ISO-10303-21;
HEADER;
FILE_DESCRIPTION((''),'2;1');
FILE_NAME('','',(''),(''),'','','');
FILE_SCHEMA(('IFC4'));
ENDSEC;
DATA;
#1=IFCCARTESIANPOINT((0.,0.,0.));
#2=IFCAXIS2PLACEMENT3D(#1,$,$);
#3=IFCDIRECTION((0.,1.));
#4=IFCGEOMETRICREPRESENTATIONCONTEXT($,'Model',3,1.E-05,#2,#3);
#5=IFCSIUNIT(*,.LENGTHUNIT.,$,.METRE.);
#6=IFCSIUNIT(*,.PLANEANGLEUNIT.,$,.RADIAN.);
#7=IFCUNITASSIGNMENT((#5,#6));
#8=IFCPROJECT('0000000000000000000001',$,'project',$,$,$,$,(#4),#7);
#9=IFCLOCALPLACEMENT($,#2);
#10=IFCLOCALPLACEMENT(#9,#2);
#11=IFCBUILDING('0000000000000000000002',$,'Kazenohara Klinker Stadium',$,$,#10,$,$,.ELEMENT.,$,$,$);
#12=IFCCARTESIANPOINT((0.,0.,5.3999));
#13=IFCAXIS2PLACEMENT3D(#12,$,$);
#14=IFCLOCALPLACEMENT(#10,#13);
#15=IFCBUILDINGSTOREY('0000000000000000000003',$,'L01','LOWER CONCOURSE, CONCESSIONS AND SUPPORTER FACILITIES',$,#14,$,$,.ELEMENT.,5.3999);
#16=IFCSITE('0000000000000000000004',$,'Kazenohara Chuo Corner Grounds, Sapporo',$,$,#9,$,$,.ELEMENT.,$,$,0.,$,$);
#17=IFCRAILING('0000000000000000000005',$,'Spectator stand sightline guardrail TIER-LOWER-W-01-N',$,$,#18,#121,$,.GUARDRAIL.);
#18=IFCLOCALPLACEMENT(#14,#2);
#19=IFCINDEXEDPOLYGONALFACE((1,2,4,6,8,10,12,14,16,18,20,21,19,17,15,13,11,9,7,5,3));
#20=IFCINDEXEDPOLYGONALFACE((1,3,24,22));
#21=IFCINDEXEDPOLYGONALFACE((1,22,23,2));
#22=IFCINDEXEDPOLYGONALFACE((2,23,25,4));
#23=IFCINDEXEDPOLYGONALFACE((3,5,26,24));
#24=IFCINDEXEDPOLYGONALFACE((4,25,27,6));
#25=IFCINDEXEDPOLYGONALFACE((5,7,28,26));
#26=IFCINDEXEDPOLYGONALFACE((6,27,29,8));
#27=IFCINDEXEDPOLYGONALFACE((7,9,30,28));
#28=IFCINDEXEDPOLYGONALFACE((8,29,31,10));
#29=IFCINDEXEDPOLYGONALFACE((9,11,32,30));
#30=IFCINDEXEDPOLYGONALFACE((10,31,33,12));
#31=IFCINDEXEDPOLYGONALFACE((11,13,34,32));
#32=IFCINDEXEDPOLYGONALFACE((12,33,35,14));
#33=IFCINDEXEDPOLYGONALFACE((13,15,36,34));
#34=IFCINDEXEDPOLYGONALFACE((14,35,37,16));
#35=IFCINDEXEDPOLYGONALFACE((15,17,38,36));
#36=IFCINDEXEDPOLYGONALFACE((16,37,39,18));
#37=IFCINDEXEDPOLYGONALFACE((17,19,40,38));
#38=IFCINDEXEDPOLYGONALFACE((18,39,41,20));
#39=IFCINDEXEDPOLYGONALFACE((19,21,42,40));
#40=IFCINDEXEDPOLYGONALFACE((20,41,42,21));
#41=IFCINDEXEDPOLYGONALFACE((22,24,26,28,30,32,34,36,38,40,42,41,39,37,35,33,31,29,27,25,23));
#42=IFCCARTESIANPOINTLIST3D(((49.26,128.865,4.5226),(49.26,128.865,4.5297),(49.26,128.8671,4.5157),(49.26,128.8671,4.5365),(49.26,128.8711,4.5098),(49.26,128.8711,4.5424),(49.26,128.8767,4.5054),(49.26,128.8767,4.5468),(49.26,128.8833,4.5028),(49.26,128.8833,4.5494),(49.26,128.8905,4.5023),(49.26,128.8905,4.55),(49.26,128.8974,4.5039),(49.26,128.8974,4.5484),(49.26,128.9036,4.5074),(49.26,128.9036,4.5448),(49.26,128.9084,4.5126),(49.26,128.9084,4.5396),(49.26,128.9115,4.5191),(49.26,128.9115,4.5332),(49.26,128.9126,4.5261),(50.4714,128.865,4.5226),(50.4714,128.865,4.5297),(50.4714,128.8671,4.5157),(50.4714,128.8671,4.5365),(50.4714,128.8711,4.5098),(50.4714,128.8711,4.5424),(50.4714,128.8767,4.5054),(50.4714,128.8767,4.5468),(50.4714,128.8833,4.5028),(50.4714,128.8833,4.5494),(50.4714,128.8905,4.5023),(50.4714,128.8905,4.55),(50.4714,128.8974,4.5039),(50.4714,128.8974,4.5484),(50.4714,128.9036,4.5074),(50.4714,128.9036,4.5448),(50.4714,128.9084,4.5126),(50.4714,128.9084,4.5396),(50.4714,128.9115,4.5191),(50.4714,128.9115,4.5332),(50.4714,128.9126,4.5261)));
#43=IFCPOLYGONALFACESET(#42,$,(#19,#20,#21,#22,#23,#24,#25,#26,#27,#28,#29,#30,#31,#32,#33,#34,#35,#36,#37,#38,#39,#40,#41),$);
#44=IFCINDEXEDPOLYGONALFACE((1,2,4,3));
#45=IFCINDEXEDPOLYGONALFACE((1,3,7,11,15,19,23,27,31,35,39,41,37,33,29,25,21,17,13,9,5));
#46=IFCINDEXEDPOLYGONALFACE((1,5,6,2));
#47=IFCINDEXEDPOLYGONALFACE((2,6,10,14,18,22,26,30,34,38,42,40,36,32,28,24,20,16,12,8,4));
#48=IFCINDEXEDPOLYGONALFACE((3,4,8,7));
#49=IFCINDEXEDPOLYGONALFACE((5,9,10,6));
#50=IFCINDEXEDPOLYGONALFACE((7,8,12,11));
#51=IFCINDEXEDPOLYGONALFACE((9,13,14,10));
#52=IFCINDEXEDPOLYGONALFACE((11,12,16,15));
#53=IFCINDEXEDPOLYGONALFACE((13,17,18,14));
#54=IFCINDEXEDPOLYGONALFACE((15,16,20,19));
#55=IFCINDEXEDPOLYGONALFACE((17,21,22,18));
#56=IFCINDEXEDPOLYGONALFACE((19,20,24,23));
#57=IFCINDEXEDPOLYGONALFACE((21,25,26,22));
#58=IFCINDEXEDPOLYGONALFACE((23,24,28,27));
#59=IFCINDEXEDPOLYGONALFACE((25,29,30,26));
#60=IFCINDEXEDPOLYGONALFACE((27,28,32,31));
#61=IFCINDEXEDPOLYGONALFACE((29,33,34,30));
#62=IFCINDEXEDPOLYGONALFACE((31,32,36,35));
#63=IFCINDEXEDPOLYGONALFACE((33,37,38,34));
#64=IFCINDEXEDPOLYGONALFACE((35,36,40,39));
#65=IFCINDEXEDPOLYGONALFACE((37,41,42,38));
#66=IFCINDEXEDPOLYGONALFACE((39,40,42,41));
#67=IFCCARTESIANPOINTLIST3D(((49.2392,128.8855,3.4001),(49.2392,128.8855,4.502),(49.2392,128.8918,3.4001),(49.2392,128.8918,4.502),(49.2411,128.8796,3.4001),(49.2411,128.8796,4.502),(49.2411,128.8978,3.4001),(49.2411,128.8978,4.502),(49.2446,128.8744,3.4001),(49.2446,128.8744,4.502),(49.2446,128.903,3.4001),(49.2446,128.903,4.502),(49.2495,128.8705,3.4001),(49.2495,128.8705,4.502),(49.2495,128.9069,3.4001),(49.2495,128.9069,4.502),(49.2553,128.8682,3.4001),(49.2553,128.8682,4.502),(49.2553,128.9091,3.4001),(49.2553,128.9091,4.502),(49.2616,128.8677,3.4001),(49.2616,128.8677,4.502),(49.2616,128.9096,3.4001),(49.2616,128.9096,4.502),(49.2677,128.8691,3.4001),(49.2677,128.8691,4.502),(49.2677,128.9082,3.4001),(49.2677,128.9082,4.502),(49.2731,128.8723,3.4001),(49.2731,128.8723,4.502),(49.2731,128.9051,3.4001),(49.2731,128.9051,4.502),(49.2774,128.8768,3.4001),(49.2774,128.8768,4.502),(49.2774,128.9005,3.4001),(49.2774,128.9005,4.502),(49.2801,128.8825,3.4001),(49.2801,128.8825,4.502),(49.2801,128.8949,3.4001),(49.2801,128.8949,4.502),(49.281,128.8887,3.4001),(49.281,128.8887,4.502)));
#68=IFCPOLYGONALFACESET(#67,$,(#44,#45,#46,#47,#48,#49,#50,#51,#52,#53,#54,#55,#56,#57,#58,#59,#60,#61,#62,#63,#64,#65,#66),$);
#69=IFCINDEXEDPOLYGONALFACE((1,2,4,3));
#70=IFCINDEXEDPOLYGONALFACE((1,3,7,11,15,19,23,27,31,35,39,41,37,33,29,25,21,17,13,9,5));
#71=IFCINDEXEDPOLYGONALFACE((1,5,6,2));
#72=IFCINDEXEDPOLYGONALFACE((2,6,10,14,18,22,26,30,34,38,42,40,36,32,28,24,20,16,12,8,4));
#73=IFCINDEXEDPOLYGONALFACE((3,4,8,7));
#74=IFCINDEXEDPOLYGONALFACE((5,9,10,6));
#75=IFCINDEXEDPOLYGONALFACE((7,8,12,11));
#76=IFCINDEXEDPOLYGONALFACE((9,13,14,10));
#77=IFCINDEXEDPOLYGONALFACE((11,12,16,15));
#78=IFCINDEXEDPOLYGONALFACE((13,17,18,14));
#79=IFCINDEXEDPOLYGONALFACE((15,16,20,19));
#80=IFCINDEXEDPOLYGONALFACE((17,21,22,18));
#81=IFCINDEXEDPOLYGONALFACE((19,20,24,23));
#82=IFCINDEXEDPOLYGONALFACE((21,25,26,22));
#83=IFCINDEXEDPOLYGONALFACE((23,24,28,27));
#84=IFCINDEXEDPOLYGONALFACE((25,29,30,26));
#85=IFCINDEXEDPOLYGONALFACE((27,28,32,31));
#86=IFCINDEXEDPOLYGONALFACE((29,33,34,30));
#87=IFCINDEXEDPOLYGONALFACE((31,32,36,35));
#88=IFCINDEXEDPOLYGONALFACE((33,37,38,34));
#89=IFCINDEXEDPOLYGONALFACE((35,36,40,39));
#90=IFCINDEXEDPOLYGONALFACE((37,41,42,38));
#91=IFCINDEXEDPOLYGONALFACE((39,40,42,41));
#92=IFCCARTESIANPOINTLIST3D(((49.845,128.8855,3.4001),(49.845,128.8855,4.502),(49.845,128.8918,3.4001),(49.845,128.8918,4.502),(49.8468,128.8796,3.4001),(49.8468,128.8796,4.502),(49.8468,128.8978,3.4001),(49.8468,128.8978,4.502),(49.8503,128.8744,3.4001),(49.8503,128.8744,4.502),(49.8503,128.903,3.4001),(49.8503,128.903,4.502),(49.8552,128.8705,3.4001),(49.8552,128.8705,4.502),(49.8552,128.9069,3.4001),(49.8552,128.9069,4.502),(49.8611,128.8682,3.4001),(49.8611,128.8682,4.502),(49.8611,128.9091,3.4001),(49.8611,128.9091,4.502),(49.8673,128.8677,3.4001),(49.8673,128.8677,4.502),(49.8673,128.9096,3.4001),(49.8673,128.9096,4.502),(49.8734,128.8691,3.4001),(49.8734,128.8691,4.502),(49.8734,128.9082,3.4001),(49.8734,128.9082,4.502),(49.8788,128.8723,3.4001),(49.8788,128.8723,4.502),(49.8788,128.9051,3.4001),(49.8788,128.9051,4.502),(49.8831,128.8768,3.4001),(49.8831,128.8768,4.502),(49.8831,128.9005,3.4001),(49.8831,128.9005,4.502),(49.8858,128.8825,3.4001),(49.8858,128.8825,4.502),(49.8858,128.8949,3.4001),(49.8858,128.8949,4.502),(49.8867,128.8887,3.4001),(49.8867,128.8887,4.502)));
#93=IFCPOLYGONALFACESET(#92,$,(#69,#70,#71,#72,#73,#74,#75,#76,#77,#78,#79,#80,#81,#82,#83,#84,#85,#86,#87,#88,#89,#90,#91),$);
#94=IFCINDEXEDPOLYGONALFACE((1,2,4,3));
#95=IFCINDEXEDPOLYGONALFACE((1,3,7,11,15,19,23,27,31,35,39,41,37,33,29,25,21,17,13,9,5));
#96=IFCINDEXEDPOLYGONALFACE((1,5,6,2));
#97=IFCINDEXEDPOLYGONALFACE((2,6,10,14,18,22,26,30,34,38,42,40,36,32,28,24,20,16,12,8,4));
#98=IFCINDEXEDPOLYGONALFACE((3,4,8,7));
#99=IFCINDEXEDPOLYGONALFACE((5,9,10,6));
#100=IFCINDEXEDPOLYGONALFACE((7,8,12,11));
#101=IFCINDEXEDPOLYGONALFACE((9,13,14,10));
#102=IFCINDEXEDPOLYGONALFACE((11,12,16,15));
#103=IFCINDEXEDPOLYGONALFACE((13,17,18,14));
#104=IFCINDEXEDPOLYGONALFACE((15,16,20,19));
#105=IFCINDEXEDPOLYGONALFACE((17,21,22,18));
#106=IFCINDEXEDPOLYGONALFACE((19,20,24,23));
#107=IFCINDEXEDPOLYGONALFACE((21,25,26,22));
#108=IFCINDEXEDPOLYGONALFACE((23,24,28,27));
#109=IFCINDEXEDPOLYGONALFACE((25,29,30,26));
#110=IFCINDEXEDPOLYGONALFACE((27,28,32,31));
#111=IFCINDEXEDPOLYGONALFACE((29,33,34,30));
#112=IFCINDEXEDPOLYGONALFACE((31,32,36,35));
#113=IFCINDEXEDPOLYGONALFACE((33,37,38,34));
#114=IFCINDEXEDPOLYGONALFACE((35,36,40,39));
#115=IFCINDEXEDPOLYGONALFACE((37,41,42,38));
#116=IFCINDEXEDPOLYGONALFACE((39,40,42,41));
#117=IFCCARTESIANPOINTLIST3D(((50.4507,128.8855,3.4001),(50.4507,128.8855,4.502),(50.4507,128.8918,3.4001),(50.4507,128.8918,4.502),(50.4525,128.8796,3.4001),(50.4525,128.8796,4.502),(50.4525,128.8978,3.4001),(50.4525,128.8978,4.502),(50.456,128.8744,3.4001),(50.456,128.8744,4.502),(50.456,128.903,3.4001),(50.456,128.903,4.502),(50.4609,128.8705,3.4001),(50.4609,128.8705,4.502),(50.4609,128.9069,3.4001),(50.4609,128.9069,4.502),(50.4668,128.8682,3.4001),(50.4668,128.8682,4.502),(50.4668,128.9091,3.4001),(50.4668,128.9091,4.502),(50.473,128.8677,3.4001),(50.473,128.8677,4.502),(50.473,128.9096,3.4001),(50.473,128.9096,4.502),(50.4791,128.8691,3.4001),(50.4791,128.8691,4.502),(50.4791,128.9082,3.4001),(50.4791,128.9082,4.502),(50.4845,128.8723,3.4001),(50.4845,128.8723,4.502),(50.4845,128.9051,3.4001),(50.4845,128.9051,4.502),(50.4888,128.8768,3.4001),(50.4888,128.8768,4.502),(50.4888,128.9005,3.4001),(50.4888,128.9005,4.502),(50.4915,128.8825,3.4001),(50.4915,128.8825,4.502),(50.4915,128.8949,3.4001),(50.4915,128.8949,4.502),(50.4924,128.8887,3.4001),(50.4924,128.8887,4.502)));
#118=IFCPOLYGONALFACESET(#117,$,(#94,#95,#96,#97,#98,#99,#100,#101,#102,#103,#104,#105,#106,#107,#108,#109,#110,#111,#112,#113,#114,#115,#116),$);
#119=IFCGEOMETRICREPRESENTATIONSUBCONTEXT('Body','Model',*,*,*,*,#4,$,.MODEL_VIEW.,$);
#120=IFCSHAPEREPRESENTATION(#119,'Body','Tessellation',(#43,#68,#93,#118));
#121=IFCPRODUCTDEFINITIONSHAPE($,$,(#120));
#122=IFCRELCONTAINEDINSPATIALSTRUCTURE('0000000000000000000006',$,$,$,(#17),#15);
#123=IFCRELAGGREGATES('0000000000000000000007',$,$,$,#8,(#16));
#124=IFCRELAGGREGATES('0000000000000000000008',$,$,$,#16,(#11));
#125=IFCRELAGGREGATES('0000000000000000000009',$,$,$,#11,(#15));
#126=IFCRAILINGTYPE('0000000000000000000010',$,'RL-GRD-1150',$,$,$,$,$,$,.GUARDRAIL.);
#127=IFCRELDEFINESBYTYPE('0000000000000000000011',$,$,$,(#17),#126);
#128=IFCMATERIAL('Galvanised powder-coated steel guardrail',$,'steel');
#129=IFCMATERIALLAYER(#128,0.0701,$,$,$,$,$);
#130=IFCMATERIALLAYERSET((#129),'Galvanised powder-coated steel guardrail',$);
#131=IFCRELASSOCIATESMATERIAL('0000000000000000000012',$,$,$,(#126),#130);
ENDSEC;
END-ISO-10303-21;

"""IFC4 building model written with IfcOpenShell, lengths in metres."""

from ifc_helpers import new_model, si_unit, direction, frame, origin, origin_2d, place, context, subcontext, project, spatial, circle, extrude, material, layer, layer_set, type_object, element, save


model = new_model("IFC4")

# Units and contexts
model_context = context("Model", 3, precision=1e-05, world=origin(), true_north=direction((0.0, 1.0)))
body_context = subcontext(model_context, "Body", "Model", "MODEL_VIEW")
ifc_project = project(units=[si_unit("LENGTHUNIT", "METRE"), si_unit("PLANEANGLEUNIT", "RADIAN")], contexts=[model_context])

# Site, building, storey
site_placement = place(None, origin())
site = spatial("IfcSite", under=ifc_project, at=site_placement, Name="Kazenohara Chuo Corner Grounds, Sapporo", CompositionType="ELEMENT", RefElevation=0.0)
building_placement = place(site_placement, origin())
building = spatial("IfcBuilding", under=site, at=building_placement, Name="Kazenohara Klinker Stadium", CompositionType="ELEMENT")
storey_placement = place(building_placement, frame((0.0, 0.0, 5.3999)))
storey = spatial("IfcBuildingStorey", under=building, at=storey_placement, Name="L01", Description="LOWER CONCOURSE, CONCESSIONS AND SUPPORTER FACILITIES", CompositionType="ELEMENT", Elevation=5.3999)

# Railing
ifc_material_1 = material(Name="Galvanised powder-coated steel guardrail", Category="steel")
ifc_layer_1 = layer(ifc_material_1, 0.0701)
ifc_layer_set_1 = layer_set([ifc_layer_1], Name="Galvanised powder-coated steel guardrail")
railing_type = type_object("IfcRailingType", Name="RL-GRD-1150", PredefinedType="GUARDRAIL", material=ifc_layer_set_1)
railing_1_placement = place(storey_placement, frame((49.26, 128.8887, 3.4001)))
element("IfcRailing", 1, at=railing_1_placement, inside=storey, type_object=railing_type, Name="Spectator stand sightline guardrail TIER-LOWER-W-01-N", PredefinedType="GUARDRAIL", context=body_context, shape_type="SweptSolid", body=[
    extrude(circle(Radius=0.0239, at=origin_2d()), frame((0.0, 0.0, 1.126), z_axis=(1.0, 0.0, 0.0), x_axis=(0.0, 1.0, 0.0)), (0.0, 0.0, 1.0), 1.2114),
    extrude(circle(Radius=0.021, at=origin_2d()), origin(), (0.0, 0.0, 1.0), 1.1018),
    extrude(circle(Radius=0.021, at=origin_2d()), frame((0.6057, 0.0, 0.0)), (0.0, 0.0, 1.0), 1.1018),
    extrude(circle(Radius=0.021, at=origin_2d()), frame((1.2114, 0.0, 0.0)), (0.0, 0.0, 1.0), 1.1018),
])

save(model, "model.ifc")
